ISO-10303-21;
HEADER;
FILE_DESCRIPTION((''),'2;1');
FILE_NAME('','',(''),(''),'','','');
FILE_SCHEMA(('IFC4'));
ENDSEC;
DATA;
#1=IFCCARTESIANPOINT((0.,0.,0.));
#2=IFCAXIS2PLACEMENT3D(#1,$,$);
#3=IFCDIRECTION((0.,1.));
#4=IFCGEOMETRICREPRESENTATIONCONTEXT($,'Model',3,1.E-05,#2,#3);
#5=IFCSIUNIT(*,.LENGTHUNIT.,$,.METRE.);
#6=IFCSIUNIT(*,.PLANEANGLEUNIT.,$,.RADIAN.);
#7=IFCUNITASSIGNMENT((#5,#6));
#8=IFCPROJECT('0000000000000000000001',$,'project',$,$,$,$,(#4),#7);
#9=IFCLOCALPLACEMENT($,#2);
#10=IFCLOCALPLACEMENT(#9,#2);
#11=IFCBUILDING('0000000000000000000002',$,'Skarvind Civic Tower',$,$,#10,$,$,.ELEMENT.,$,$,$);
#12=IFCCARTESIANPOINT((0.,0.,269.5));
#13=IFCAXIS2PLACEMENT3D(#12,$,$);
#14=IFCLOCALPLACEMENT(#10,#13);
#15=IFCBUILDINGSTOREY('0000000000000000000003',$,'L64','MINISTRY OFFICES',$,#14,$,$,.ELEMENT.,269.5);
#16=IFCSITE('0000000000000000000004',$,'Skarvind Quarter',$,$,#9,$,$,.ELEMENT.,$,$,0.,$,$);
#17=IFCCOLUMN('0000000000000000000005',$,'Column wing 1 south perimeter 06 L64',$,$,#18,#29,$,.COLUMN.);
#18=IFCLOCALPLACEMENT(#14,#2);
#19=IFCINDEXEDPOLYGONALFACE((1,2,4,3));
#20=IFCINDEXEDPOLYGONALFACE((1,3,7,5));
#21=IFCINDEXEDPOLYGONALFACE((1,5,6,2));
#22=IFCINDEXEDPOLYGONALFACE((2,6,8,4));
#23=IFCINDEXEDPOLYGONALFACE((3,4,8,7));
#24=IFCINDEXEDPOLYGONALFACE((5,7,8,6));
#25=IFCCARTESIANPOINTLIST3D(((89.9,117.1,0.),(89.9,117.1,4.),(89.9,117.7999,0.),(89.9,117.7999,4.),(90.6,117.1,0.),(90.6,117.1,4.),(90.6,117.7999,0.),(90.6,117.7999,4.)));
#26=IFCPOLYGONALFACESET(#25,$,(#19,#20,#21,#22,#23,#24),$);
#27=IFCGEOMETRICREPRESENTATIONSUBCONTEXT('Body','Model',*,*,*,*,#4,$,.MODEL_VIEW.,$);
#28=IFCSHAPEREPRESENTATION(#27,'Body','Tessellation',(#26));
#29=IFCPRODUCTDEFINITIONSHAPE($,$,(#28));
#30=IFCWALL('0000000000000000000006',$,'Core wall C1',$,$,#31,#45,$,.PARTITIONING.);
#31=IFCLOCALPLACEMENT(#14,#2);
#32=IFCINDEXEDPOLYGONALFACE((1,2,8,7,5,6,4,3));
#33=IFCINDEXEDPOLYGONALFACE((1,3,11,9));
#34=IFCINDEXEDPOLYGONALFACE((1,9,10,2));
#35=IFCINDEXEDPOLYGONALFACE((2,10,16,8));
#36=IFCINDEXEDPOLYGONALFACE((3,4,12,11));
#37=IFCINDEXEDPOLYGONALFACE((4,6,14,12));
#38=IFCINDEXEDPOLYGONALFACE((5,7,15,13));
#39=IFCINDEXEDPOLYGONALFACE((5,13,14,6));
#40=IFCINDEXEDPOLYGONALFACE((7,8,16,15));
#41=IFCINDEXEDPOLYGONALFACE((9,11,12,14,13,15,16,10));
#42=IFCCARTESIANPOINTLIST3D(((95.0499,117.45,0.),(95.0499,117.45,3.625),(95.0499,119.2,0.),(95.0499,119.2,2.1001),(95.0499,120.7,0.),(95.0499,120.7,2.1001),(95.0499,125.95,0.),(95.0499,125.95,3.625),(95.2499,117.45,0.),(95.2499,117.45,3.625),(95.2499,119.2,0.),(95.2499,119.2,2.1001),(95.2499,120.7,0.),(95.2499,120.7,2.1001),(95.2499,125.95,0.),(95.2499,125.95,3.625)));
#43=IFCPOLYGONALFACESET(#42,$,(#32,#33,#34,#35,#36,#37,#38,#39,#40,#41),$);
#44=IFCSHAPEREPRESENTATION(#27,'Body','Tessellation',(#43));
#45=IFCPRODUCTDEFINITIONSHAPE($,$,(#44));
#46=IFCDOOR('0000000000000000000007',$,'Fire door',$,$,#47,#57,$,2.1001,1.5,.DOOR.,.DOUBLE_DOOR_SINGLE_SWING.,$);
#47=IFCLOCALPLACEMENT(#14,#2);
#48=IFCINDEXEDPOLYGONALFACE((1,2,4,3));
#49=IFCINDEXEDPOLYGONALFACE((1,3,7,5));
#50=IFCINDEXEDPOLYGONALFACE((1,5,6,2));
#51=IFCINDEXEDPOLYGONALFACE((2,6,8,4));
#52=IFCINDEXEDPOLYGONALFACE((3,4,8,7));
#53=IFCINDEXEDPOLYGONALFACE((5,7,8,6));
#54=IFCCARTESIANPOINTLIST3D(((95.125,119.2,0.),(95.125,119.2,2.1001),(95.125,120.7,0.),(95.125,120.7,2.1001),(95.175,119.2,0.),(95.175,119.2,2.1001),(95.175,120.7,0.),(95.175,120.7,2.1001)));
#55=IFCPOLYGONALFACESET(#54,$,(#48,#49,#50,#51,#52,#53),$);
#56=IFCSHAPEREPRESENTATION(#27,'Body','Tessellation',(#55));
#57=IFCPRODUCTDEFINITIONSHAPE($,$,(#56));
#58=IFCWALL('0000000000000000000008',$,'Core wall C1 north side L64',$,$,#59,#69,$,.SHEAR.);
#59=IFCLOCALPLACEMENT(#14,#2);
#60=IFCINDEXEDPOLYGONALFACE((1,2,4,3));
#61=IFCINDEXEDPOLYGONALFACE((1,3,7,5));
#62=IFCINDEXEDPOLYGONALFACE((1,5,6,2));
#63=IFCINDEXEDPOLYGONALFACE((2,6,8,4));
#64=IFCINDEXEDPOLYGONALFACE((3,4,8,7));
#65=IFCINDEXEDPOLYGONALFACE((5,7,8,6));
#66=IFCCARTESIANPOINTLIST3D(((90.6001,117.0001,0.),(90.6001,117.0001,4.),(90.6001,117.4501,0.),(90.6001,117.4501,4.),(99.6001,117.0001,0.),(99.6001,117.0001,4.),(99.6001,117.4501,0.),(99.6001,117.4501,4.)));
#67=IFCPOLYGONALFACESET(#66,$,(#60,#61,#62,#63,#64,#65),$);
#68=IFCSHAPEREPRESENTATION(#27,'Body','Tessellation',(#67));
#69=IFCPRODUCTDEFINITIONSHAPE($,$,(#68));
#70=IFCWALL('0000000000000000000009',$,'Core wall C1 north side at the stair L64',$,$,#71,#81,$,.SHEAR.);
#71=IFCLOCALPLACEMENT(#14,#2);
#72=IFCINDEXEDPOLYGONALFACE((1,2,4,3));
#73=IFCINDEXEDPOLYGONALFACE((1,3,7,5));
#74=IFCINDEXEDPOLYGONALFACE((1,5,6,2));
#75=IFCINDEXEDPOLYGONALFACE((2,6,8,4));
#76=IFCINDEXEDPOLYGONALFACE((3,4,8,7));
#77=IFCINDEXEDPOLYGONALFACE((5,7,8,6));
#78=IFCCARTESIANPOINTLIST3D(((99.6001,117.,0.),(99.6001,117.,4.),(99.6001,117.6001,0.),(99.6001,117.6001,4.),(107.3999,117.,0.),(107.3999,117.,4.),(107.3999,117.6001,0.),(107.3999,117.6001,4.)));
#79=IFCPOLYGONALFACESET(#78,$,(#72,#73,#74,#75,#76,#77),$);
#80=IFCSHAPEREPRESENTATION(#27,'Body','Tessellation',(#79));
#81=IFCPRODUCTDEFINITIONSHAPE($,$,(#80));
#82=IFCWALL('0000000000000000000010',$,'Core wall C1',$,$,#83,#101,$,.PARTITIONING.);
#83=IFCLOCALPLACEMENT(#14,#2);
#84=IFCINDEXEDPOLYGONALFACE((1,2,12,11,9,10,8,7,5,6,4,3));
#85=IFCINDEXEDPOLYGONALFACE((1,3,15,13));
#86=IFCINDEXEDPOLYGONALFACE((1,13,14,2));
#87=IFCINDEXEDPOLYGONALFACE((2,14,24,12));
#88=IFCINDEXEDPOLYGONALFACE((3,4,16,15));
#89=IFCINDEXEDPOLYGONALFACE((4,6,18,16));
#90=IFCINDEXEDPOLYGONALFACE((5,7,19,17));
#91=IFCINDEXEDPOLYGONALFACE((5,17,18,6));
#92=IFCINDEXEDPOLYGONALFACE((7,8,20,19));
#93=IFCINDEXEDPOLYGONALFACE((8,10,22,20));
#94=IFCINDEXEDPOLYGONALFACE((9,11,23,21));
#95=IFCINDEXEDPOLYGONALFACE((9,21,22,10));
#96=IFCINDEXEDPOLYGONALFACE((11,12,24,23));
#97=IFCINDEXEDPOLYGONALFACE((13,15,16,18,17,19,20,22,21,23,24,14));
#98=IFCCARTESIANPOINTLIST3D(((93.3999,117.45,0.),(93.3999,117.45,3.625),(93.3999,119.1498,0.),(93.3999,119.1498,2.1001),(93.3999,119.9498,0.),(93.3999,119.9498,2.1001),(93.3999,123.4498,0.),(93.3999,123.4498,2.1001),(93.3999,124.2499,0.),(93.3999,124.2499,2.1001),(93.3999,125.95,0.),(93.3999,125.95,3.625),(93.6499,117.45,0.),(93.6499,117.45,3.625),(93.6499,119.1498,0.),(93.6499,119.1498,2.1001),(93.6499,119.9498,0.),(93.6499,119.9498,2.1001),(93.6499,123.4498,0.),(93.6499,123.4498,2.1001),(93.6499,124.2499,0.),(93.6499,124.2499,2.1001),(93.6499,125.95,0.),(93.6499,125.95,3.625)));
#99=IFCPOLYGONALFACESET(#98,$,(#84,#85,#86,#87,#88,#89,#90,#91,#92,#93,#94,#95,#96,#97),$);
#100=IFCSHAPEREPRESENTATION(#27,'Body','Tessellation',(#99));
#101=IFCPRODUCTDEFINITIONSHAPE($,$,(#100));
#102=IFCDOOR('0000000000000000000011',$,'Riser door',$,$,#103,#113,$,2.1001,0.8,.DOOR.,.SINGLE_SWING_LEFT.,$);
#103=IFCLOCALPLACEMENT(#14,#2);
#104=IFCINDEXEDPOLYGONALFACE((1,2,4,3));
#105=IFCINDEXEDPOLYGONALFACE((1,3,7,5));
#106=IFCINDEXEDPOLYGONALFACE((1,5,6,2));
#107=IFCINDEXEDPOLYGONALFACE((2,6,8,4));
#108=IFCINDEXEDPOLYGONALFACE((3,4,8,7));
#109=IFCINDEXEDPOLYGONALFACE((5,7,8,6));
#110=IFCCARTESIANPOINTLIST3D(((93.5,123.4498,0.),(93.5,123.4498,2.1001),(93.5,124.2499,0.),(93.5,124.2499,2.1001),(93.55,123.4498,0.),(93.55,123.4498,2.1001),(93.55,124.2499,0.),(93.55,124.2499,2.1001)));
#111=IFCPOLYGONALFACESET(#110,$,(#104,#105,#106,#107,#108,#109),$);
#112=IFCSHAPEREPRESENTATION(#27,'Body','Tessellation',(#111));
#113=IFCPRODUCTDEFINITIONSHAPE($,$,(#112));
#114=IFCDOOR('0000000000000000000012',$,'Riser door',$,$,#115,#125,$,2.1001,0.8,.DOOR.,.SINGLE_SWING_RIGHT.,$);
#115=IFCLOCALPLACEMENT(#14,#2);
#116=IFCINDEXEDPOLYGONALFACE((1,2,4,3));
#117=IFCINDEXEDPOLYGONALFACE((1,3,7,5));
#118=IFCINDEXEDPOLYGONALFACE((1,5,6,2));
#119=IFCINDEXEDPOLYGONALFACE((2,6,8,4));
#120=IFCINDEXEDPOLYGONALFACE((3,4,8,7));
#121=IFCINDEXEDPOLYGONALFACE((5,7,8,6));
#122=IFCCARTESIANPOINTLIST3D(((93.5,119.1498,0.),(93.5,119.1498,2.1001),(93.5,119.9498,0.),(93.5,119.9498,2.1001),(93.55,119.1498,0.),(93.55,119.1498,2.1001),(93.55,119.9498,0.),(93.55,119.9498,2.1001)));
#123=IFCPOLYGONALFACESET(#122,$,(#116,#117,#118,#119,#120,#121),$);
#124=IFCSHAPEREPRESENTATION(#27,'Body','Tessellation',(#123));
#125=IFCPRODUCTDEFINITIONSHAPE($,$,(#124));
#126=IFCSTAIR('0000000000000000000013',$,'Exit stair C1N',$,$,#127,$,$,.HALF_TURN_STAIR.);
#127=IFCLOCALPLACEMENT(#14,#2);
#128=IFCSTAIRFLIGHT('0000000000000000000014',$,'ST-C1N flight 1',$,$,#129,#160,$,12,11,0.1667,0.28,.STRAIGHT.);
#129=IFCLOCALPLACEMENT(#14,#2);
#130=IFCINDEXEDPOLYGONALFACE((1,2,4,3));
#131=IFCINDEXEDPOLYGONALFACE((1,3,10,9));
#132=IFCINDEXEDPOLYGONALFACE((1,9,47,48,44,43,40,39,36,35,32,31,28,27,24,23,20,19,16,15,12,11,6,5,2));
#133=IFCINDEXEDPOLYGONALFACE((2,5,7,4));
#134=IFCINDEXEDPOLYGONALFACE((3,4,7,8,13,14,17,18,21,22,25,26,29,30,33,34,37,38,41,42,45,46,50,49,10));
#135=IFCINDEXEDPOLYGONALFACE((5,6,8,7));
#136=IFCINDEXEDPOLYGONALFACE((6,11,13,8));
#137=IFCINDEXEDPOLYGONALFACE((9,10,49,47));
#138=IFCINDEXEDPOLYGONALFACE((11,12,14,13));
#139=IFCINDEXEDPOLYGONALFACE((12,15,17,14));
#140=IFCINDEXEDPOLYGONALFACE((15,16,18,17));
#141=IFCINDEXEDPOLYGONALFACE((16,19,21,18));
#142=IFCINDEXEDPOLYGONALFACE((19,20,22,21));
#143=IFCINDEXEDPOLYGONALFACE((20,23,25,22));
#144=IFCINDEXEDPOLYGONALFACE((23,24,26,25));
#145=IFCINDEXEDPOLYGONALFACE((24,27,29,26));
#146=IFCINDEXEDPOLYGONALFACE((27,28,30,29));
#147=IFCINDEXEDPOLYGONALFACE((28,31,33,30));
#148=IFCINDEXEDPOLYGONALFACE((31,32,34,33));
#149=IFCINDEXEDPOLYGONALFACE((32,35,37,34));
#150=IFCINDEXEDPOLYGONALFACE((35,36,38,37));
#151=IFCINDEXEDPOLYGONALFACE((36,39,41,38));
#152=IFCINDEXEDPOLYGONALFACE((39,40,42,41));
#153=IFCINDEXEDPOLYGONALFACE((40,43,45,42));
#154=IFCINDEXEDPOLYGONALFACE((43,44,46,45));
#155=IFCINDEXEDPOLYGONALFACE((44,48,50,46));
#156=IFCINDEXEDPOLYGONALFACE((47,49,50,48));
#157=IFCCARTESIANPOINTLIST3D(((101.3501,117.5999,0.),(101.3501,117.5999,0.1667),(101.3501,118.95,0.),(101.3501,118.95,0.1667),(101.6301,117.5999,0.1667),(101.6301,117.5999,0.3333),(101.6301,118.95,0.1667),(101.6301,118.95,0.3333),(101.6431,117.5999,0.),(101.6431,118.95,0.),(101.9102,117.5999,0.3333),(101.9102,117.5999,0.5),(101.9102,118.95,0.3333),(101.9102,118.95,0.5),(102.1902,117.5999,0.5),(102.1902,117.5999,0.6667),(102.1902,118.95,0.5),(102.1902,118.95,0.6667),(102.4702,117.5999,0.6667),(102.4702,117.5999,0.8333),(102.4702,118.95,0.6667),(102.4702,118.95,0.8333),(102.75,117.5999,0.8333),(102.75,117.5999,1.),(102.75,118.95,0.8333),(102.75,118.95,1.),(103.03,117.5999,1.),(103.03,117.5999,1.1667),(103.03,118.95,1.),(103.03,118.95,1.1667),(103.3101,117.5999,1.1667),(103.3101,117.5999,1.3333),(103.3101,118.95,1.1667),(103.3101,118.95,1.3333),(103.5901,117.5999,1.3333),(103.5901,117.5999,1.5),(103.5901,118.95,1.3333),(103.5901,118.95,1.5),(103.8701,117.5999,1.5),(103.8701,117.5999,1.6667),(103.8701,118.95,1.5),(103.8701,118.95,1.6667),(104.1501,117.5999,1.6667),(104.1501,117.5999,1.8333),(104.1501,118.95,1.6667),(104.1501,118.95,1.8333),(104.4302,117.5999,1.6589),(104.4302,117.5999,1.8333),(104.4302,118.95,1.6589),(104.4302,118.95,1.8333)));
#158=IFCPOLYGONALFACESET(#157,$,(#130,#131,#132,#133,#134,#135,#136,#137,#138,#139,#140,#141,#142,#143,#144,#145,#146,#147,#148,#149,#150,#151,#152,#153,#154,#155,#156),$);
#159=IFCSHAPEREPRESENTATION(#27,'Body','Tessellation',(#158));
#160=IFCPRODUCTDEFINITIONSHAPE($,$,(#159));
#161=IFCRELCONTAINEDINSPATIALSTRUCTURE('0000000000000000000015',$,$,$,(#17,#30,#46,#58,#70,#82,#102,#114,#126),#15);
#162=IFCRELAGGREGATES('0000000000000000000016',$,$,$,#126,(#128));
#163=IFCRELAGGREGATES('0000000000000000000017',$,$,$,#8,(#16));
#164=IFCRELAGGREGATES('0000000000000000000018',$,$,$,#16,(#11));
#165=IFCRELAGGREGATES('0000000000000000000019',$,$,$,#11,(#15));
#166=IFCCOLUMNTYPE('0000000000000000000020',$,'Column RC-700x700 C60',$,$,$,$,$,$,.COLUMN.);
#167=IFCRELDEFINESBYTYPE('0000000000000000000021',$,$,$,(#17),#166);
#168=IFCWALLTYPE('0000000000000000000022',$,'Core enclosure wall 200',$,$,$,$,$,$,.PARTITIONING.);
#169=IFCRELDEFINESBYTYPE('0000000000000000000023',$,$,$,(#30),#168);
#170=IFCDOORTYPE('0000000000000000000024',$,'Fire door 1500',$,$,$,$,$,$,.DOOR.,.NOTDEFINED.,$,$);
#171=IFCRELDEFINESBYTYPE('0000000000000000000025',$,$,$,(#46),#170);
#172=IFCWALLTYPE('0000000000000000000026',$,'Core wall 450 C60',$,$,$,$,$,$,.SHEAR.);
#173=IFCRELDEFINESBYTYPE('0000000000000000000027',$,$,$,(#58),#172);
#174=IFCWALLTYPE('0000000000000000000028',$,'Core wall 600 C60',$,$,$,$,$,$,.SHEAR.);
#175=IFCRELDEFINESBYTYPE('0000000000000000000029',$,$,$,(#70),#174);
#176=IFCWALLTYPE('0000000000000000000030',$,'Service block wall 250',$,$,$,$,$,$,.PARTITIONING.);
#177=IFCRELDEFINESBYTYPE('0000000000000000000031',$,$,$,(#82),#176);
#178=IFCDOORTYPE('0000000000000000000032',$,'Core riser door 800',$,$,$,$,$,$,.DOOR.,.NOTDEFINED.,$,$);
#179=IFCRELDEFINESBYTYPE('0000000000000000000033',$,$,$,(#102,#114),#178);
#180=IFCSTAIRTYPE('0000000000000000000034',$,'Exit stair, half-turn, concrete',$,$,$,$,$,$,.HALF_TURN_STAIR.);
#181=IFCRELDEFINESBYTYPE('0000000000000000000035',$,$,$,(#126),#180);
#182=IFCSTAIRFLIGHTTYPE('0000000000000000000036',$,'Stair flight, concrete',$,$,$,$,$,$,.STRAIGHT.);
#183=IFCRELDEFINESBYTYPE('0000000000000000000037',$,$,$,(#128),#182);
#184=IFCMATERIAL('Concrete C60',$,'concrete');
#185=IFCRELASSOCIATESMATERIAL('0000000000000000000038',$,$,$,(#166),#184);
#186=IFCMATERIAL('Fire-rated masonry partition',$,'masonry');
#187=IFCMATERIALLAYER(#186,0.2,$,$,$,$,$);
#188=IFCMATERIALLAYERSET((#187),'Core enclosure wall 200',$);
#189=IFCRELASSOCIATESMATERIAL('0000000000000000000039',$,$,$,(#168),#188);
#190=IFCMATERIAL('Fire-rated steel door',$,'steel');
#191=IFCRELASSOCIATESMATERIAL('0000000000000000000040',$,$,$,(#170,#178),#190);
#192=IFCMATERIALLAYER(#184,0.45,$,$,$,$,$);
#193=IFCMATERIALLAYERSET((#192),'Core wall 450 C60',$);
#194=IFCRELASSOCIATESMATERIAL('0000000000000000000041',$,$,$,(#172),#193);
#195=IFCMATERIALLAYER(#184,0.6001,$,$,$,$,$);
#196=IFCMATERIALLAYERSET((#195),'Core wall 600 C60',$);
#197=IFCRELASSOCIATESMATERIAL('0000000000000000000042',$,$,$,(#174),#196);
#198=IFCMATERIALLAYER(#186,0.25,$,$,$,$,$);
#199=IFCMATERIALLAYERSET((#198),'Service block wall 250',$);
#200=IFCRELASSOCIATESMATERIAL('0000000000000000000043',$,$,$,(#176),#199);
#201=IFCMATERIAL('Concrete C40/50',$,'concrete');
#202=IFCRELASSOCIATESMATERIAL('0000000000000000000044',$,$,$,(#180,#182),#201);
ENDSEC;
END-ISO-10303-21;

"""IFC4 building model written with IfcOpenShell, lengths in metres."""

from ifc_helpers import new_model, si_unit, direction, frame, frame_2d, origin, origin_2d, place, context, subcontext, project, spatial, polyline, rectangle, outline, extrude, material, layer, layer_set, material_profile, profile_set, type_object, element, fill, aggregate, save


model = new_model("IFC4")

# Units and contexts
model_context = context("Model", 3, precision=1e-05, world=origin(), true_north=direction((0.0, 1.0)))
body_context = subcontext(model_context, "Body", "Model", "MODEL_VIEW")
ifc_project = project(units=[si_unit("LENGTHUNIT", "METRE"), si_unit("PLANEANGLEUNIT", "RADIAN")], contexts=[model_context])

# Site, building, storey
site_placement = place(None, origin())
site = spatial("IfcSite", under=ifc_project, at=site_placement, Name="Skarvind Quarter", CompositionType="ELEMENT", RefElevation=0.0)
building_placement = place(site_placement, origin())
building = spatial("IfcBuilding", under=site, at=building_placement, Name="Skarvind Civic Tower", CompositionType="ELEMENT")
storey_placement = place(building_placement, frame((0.0, 0.0, 269.5)))
storey = spatial("IfcBuildingStorey", under=building, at=storey_placement, Name="L64", Description="MINISTRY OFFICES", CompositionType="ELEMENT", Elevation=269.5)

# Column
ifc_material_1 = material(Name="Concrete C60", Category="concrete")
ifc_material_profile = material_profile(ifc_material_1, rectangle(XDim=0.7, YDim=0.7, at=origin_2d()), Name="RC-700x700")
ifc_profile_set = profile_set([ifc_material_profile], Name="Concrete C60")
column_type = type_object("IfcColumnType", Name="Column RC-700x700 C60", PredefinedType="COLUMN", material=ifc_profile_set)
column_placement = place(storey_placement, frame((90.25, 117.45, 0.0), z_axis=(0.0, 0.0, 1.0), x_axis=(1.0, 0.0, 0.0)))
element("IfcColumn", 1, at=column_placement, inside=storey, type_object=column_type, Name="Column wing 1 south perimeter 06 L64", PredefinedType="COLUMN", context=body_context, shape_type="SweptSolid", body=[
    extrude(rectangle(XDim=0.7, YDim=0.7, at=origin_2d()), origin(), (0.0, 0.0, 1.0), 4.0),
])

# Wall, opening, door
ifc_material_2 = material(Name="Fire-rated masonry partition", Category="masonry")
ifc_layer_1 = layer(ifc_material_2, 0.2)
ifc_layer_set_1 = layer_set([ifc_layer_1], Name="Core enclosure wall 200")
wall_type_1 = type_object("IfcWallType", Name="Core enclosure wall 200", PredefinedType="PARTITIONING", material=ifc_layer_set_1)
wall_1_placement = place(storey_placement, frame((95.1499, 117.45, 0.0), z_axis=(0.0, 0.0, 1.0), x_axis=(0.0, 1.0, 0.0)))
wall_1 = element("IfcWall", 2, at=wall_1_placement, inside=storey, type_object=wall_type_1, Name="Core wall C1", PredefinedType="PARTITIONING", context=body_context, shape_type="SweptSolid", body=[
    extrude(rectangle(XDim=8.5, YDim=0.2, at=frame_2d((4.25, 0.0))), origin(), (0.0, 0.0, 1.0), 3.625),
])
opening_1_placement = place(wall_1_placement, frame((1.75, 0.0, 0.0)))
opening_1 = element("IfcOpeningElement", 3, at=opening_1_placement, cuts=wall_1, PredefinedType="OPENING", context=body_context, shape_type="SweptSolid", body=[
    extrude(rectangle(XDim=1.5, YDim=2.1001, at=frame_2d((0.75, 1.05))), frame((0.0, 0.1099, 0.0), z_axis=(0.0, -1.0, 0.0), x_axis=(1.0, 0.0, 0.0)), (0.0, 0.0, 1.0), 0.22),
])
ifc_material_3 = material(Name="Fire-rated steel door", Category="steel")
door_type_1 = type_object("IfcDoorType", Name="Fire door 1500", OperationType="NOTDEFINED", PredefinedType="DOOR", material=ifc_material_3)
door_1_placement = place(opening_1_placement, origin())
door_1 = element("IfcDoor", 4, at=door_1_placement, inside=storey, type_object=door_type_1, Name="Fire door", OperationType="DOUBLE_DOOR_SINGLE_SWING", OverallHeight=2.1001, OverallWidth=1.5, PredefinedType="DOOR", context=body_context, shape_type="SweptSolid", body=[
    extrude(rectangle(XDim=1.5, YDim=2.1001, at=frame_2d((0.75, 1.05))), frame((0.0, 0.0249, 0.0), z_axis=(0.0, -1.0, 0.0), x_axis=(1.0, 0.0, 0.0)), (0.0, 0.0, 1.0), 0.05),
])
fill(opening_1, door_1)

# Walls
ifc_layer_2 = layer(ifc_material_1, 0.45)
ifc_layer_set_2 = layer_set([ifc_layer_2], Name="Core wall 450 C60")
wall_type_2 = type_object("IfcWallType", Name="Core wall 450 C60", PredefinedType="SHEAR", material=ifc_layer_set_2)
wall_2_placement = place(storey_placement, frame((99.6001, 117.2251, 0.0), z_axis=(0.0, 0.0, 1.0), x_axis=(-1.0, 0.0, 0.0)))
element("IfcWall", 5, at=wall_2_placement, inside=storey, type_object=wall_type_2, Name="Core wall C1 north side L64", PredefinedType="SHEAR", context=body_context, shape_type="SweptSolid", body=[
    extrude(rectangle(XDim=9.0, YDim=0.45, at=frame_2d((4.5, 0.0))), origin(), (0.0, 0.0, 1.0), 4.0),
])
ifc_layer_3 = layer(ifc_material_1, 0.6001)
ifc_layer_set_3 = layer_set([ifc_layer_3], Name="Core wall 600 C60")
wall_type_3 = type_object("IfcWallType", Name="Core wall 600 C60", PredefinedType="SHEAR", material=ifc_layer_set_3)
wall_3_placement = place(storey_placement, frame((107.3999, 117.3, 0.0), z_axis=(0.0, 0.0, 1.0), x_axis=(-1.0, 0.0, 0.0)))
element("IfcWall", 6, at=wall_3_placement, inside=storey, type_object=wall_type_3, Name="Core wall C1 north side at the stair L64", PredefinedType="SHEAR", context=body_context, shape_type="SweptSolid", body=[
    extrude(rectangle(XDim=7.7998, YDim=0.6001, at=frame_2d((3.8999, 0.0))), origin(), (0.0, 0.0, 1.0), 4.0),
])

# Wall, openings, doors
ifc_layer_4 = layer(ifc_material_2, 0.25)
ifc_layer_set_4 = layer_set([ifc_layer_4], Name="Service block wall 250")
wall_type_4 = type_object("IfcWallType", Name="Service block wall 250", PredefinedType="PARTITIONING", material=ifc_layer_set_4)
wall_4_placement = place(storey_placement, frame((93.5249, 117.45, 0.0), z_axis=(0.0, 0.0, 1.0), x_axis=(0.0, 1.0, 0.0)))
wall_4 = element("IfcWall", 7, at=wall_4_placement, inside=storey, type_object=wall_type_4, Name="Core wall C1", PredefinedType="PARTITIONING", context=body_context, shape_type="SweptSolid", body=[
    extrude(rectangle(XDim=8.5, YDim=0.25, at=frame_2d((4.25, 0.0))), origin(), (0.0, 0.0, 1.0), 3.625),
])
opening_2_placement = place(wall_4_placement, frame((6.0, 0.0, 0.0)))
opening_2 = element("IfcOpeningElement", 8, at=opening_2_placement, cuts=wall_4, PredefinedType="OPENING", context=body_context, shape_type="SweptSolid", body=[
    extrude(rectangle(XDim=0.8, YDim=2.1001, at=frame_2d((0.3999, 1.05))), frame((0.0, 0.135, 0.0), z_axis=(0.0, -1.0, 0.0), x_axis=(1.0, 0.0, 0.0)), (0.0, 0.0, 1.0), 0.27),
])
opening_3_placement = place(wall_4_placement, frame((1.7, 0.0, 0.0)))
opening_3 = element("IfcOpeningElement", 9, at=opening_3_placement, cuts=wall_4, PredefinedType="OPENING", context=body_context, shape_type="SweptSolid", body=[
    extrude(rectangle(XDim=0.8, YDim=2.1001, at=frame_2d((0.3999, 1.05))), frame((0.0, 0.135, 0.0), z_axis=(0.0, -1.0, 0.0), x_axis=(1.0, 0.0, 0.0)), (0.0, 0.0, 1.0), 0.27),
])
door_type_2 = type_object("IfcDoorType", Name="Core riser door 800", OperationType="NOTDEFINED", PredefinedType="DOOR", material=ifc_material_3)
door_2_placement = place(opening_2_placement, origin())
door_2 = element("IfcDoor", 10, at=door_2_placement, inside=storey, type_object=door_type_2, Name="Riser door", OperationType="SINGLE_SWING_LEFT", OverallHeight=2.1001, OverallWidth=0.8, PredefinedType="DOOR", context=body_context, shape_type="SweptSolid", body=[
    extrude(rectangle(XDim=0.8, YDim=2.1001, at=frame_2d((0.3999, 1.05))), frame((0.0, 0.0249, 0.0), z_axis=(0.0, -1.0, 0.0), x_axis=(1.0, 0.0, 0.0)), (0.0, 0.0, 1.0), 0.05),
])
fill(opening_2, door_2)
door_3_placement = place(opening_3_placement, origin())
door_3 = element("IfcDoor", 11, at=door_3_placement, inside=storey, type_object=door_type_2, Name="Riser door", OperationType="SINGLE_SWING_RIGHT", OverallHeight=2.1001, OverallWidth=0.8, PredefinedType="DOOR", context=body_context, shape_type="SweptSolid", body=[
    extrude(rectangle(XDim=0.8, YDim=2.1001, at=frame_2d((0.3999, 1.05))), frame((0.0, 0.0249, 0.0), z_axis=(0.0, -1.0, 0.0), x_axis=(1.0, 0.0, 0.0)), (0.0, 0.0, 1.0), 0.05),
])
fill(opening_3, door_3)

# Stair, stair flight
ifc_material_4 = material(Name="Concrete C40/50", Category="concrete")
stair_type = type_object("IfcStairType", Name="Exit stair, half-turn, concrete", PredefinedType="HALF_TURN_STAIR", material=ifc_material_4)
stair_placement = place(storey_placement, origin())
stair = element("IfcStair", 12, at=stair_placement, inside=storey, type_object=stair_type, Name="Exit stair C1N", PredefinedType="HALF_TURN_STAIR")
stair_flight_type = type_object("IfcStairFlightType", Name="Stair flight, concrete", PredefinedType="STRAIGHT", material=ifc_material_4)
stair_flight_placement = place(storey_placement, frame((101.3501, 118.2749, 0.0), z_axis=(0.0, 0.0, 1.0), x_axis=(1.0, 0.0, 0.0)))
stair_flight = element("IfcStairFlight", 13, at=stair_flight_placement, type_object=stair_flight_type, Name="ST-C1N flight 1", NumberOfRisers=12, NumberOfTreads=11, PredefinedType="STRAIGHT", RiserHeight=0.1667, TreadLength=0.28, context=body_context, shape_type="SweptSolid", body=[
    extrude(outline(polyline([(0.0, 0.0), (0.0, 0.1667), (0.28, 0.1667), (0.28, 0.3333), (0.5601, 0.3333), (0.5601, 0.5), (0.8401, 0.5), (0.8401, 0.6667), (1.1201, 0.6667), (1.1201, 0.8333), (1.3999, 0.8333), (1.3999, 1.0), (1.6799, 1.0), (1.6799, 1.1667), (1.96, 1.1667), (1.96, 1.3333), (2.24, 1.3333), (2.24, 1.5), (2.52, 1.5), (2.52, 1.6667), (2.8, 1.6667), (2.8, 1.8333), (3.0801, 1.8333), (3.0801, 2.0), (3.0801, 1.6589), (0.293, 0.0), (0.0, 0.0)])), frame((0.0, 0.675, 0.0), z_axis=(0.0, -1.0, 0.0), x_axis=(1.0, 0.0, 0.0)), (0.0, 0.0, 1.0), 1.3501),
])
aggregate(stair, [stair_flight])

save(model, "model.ifc")
